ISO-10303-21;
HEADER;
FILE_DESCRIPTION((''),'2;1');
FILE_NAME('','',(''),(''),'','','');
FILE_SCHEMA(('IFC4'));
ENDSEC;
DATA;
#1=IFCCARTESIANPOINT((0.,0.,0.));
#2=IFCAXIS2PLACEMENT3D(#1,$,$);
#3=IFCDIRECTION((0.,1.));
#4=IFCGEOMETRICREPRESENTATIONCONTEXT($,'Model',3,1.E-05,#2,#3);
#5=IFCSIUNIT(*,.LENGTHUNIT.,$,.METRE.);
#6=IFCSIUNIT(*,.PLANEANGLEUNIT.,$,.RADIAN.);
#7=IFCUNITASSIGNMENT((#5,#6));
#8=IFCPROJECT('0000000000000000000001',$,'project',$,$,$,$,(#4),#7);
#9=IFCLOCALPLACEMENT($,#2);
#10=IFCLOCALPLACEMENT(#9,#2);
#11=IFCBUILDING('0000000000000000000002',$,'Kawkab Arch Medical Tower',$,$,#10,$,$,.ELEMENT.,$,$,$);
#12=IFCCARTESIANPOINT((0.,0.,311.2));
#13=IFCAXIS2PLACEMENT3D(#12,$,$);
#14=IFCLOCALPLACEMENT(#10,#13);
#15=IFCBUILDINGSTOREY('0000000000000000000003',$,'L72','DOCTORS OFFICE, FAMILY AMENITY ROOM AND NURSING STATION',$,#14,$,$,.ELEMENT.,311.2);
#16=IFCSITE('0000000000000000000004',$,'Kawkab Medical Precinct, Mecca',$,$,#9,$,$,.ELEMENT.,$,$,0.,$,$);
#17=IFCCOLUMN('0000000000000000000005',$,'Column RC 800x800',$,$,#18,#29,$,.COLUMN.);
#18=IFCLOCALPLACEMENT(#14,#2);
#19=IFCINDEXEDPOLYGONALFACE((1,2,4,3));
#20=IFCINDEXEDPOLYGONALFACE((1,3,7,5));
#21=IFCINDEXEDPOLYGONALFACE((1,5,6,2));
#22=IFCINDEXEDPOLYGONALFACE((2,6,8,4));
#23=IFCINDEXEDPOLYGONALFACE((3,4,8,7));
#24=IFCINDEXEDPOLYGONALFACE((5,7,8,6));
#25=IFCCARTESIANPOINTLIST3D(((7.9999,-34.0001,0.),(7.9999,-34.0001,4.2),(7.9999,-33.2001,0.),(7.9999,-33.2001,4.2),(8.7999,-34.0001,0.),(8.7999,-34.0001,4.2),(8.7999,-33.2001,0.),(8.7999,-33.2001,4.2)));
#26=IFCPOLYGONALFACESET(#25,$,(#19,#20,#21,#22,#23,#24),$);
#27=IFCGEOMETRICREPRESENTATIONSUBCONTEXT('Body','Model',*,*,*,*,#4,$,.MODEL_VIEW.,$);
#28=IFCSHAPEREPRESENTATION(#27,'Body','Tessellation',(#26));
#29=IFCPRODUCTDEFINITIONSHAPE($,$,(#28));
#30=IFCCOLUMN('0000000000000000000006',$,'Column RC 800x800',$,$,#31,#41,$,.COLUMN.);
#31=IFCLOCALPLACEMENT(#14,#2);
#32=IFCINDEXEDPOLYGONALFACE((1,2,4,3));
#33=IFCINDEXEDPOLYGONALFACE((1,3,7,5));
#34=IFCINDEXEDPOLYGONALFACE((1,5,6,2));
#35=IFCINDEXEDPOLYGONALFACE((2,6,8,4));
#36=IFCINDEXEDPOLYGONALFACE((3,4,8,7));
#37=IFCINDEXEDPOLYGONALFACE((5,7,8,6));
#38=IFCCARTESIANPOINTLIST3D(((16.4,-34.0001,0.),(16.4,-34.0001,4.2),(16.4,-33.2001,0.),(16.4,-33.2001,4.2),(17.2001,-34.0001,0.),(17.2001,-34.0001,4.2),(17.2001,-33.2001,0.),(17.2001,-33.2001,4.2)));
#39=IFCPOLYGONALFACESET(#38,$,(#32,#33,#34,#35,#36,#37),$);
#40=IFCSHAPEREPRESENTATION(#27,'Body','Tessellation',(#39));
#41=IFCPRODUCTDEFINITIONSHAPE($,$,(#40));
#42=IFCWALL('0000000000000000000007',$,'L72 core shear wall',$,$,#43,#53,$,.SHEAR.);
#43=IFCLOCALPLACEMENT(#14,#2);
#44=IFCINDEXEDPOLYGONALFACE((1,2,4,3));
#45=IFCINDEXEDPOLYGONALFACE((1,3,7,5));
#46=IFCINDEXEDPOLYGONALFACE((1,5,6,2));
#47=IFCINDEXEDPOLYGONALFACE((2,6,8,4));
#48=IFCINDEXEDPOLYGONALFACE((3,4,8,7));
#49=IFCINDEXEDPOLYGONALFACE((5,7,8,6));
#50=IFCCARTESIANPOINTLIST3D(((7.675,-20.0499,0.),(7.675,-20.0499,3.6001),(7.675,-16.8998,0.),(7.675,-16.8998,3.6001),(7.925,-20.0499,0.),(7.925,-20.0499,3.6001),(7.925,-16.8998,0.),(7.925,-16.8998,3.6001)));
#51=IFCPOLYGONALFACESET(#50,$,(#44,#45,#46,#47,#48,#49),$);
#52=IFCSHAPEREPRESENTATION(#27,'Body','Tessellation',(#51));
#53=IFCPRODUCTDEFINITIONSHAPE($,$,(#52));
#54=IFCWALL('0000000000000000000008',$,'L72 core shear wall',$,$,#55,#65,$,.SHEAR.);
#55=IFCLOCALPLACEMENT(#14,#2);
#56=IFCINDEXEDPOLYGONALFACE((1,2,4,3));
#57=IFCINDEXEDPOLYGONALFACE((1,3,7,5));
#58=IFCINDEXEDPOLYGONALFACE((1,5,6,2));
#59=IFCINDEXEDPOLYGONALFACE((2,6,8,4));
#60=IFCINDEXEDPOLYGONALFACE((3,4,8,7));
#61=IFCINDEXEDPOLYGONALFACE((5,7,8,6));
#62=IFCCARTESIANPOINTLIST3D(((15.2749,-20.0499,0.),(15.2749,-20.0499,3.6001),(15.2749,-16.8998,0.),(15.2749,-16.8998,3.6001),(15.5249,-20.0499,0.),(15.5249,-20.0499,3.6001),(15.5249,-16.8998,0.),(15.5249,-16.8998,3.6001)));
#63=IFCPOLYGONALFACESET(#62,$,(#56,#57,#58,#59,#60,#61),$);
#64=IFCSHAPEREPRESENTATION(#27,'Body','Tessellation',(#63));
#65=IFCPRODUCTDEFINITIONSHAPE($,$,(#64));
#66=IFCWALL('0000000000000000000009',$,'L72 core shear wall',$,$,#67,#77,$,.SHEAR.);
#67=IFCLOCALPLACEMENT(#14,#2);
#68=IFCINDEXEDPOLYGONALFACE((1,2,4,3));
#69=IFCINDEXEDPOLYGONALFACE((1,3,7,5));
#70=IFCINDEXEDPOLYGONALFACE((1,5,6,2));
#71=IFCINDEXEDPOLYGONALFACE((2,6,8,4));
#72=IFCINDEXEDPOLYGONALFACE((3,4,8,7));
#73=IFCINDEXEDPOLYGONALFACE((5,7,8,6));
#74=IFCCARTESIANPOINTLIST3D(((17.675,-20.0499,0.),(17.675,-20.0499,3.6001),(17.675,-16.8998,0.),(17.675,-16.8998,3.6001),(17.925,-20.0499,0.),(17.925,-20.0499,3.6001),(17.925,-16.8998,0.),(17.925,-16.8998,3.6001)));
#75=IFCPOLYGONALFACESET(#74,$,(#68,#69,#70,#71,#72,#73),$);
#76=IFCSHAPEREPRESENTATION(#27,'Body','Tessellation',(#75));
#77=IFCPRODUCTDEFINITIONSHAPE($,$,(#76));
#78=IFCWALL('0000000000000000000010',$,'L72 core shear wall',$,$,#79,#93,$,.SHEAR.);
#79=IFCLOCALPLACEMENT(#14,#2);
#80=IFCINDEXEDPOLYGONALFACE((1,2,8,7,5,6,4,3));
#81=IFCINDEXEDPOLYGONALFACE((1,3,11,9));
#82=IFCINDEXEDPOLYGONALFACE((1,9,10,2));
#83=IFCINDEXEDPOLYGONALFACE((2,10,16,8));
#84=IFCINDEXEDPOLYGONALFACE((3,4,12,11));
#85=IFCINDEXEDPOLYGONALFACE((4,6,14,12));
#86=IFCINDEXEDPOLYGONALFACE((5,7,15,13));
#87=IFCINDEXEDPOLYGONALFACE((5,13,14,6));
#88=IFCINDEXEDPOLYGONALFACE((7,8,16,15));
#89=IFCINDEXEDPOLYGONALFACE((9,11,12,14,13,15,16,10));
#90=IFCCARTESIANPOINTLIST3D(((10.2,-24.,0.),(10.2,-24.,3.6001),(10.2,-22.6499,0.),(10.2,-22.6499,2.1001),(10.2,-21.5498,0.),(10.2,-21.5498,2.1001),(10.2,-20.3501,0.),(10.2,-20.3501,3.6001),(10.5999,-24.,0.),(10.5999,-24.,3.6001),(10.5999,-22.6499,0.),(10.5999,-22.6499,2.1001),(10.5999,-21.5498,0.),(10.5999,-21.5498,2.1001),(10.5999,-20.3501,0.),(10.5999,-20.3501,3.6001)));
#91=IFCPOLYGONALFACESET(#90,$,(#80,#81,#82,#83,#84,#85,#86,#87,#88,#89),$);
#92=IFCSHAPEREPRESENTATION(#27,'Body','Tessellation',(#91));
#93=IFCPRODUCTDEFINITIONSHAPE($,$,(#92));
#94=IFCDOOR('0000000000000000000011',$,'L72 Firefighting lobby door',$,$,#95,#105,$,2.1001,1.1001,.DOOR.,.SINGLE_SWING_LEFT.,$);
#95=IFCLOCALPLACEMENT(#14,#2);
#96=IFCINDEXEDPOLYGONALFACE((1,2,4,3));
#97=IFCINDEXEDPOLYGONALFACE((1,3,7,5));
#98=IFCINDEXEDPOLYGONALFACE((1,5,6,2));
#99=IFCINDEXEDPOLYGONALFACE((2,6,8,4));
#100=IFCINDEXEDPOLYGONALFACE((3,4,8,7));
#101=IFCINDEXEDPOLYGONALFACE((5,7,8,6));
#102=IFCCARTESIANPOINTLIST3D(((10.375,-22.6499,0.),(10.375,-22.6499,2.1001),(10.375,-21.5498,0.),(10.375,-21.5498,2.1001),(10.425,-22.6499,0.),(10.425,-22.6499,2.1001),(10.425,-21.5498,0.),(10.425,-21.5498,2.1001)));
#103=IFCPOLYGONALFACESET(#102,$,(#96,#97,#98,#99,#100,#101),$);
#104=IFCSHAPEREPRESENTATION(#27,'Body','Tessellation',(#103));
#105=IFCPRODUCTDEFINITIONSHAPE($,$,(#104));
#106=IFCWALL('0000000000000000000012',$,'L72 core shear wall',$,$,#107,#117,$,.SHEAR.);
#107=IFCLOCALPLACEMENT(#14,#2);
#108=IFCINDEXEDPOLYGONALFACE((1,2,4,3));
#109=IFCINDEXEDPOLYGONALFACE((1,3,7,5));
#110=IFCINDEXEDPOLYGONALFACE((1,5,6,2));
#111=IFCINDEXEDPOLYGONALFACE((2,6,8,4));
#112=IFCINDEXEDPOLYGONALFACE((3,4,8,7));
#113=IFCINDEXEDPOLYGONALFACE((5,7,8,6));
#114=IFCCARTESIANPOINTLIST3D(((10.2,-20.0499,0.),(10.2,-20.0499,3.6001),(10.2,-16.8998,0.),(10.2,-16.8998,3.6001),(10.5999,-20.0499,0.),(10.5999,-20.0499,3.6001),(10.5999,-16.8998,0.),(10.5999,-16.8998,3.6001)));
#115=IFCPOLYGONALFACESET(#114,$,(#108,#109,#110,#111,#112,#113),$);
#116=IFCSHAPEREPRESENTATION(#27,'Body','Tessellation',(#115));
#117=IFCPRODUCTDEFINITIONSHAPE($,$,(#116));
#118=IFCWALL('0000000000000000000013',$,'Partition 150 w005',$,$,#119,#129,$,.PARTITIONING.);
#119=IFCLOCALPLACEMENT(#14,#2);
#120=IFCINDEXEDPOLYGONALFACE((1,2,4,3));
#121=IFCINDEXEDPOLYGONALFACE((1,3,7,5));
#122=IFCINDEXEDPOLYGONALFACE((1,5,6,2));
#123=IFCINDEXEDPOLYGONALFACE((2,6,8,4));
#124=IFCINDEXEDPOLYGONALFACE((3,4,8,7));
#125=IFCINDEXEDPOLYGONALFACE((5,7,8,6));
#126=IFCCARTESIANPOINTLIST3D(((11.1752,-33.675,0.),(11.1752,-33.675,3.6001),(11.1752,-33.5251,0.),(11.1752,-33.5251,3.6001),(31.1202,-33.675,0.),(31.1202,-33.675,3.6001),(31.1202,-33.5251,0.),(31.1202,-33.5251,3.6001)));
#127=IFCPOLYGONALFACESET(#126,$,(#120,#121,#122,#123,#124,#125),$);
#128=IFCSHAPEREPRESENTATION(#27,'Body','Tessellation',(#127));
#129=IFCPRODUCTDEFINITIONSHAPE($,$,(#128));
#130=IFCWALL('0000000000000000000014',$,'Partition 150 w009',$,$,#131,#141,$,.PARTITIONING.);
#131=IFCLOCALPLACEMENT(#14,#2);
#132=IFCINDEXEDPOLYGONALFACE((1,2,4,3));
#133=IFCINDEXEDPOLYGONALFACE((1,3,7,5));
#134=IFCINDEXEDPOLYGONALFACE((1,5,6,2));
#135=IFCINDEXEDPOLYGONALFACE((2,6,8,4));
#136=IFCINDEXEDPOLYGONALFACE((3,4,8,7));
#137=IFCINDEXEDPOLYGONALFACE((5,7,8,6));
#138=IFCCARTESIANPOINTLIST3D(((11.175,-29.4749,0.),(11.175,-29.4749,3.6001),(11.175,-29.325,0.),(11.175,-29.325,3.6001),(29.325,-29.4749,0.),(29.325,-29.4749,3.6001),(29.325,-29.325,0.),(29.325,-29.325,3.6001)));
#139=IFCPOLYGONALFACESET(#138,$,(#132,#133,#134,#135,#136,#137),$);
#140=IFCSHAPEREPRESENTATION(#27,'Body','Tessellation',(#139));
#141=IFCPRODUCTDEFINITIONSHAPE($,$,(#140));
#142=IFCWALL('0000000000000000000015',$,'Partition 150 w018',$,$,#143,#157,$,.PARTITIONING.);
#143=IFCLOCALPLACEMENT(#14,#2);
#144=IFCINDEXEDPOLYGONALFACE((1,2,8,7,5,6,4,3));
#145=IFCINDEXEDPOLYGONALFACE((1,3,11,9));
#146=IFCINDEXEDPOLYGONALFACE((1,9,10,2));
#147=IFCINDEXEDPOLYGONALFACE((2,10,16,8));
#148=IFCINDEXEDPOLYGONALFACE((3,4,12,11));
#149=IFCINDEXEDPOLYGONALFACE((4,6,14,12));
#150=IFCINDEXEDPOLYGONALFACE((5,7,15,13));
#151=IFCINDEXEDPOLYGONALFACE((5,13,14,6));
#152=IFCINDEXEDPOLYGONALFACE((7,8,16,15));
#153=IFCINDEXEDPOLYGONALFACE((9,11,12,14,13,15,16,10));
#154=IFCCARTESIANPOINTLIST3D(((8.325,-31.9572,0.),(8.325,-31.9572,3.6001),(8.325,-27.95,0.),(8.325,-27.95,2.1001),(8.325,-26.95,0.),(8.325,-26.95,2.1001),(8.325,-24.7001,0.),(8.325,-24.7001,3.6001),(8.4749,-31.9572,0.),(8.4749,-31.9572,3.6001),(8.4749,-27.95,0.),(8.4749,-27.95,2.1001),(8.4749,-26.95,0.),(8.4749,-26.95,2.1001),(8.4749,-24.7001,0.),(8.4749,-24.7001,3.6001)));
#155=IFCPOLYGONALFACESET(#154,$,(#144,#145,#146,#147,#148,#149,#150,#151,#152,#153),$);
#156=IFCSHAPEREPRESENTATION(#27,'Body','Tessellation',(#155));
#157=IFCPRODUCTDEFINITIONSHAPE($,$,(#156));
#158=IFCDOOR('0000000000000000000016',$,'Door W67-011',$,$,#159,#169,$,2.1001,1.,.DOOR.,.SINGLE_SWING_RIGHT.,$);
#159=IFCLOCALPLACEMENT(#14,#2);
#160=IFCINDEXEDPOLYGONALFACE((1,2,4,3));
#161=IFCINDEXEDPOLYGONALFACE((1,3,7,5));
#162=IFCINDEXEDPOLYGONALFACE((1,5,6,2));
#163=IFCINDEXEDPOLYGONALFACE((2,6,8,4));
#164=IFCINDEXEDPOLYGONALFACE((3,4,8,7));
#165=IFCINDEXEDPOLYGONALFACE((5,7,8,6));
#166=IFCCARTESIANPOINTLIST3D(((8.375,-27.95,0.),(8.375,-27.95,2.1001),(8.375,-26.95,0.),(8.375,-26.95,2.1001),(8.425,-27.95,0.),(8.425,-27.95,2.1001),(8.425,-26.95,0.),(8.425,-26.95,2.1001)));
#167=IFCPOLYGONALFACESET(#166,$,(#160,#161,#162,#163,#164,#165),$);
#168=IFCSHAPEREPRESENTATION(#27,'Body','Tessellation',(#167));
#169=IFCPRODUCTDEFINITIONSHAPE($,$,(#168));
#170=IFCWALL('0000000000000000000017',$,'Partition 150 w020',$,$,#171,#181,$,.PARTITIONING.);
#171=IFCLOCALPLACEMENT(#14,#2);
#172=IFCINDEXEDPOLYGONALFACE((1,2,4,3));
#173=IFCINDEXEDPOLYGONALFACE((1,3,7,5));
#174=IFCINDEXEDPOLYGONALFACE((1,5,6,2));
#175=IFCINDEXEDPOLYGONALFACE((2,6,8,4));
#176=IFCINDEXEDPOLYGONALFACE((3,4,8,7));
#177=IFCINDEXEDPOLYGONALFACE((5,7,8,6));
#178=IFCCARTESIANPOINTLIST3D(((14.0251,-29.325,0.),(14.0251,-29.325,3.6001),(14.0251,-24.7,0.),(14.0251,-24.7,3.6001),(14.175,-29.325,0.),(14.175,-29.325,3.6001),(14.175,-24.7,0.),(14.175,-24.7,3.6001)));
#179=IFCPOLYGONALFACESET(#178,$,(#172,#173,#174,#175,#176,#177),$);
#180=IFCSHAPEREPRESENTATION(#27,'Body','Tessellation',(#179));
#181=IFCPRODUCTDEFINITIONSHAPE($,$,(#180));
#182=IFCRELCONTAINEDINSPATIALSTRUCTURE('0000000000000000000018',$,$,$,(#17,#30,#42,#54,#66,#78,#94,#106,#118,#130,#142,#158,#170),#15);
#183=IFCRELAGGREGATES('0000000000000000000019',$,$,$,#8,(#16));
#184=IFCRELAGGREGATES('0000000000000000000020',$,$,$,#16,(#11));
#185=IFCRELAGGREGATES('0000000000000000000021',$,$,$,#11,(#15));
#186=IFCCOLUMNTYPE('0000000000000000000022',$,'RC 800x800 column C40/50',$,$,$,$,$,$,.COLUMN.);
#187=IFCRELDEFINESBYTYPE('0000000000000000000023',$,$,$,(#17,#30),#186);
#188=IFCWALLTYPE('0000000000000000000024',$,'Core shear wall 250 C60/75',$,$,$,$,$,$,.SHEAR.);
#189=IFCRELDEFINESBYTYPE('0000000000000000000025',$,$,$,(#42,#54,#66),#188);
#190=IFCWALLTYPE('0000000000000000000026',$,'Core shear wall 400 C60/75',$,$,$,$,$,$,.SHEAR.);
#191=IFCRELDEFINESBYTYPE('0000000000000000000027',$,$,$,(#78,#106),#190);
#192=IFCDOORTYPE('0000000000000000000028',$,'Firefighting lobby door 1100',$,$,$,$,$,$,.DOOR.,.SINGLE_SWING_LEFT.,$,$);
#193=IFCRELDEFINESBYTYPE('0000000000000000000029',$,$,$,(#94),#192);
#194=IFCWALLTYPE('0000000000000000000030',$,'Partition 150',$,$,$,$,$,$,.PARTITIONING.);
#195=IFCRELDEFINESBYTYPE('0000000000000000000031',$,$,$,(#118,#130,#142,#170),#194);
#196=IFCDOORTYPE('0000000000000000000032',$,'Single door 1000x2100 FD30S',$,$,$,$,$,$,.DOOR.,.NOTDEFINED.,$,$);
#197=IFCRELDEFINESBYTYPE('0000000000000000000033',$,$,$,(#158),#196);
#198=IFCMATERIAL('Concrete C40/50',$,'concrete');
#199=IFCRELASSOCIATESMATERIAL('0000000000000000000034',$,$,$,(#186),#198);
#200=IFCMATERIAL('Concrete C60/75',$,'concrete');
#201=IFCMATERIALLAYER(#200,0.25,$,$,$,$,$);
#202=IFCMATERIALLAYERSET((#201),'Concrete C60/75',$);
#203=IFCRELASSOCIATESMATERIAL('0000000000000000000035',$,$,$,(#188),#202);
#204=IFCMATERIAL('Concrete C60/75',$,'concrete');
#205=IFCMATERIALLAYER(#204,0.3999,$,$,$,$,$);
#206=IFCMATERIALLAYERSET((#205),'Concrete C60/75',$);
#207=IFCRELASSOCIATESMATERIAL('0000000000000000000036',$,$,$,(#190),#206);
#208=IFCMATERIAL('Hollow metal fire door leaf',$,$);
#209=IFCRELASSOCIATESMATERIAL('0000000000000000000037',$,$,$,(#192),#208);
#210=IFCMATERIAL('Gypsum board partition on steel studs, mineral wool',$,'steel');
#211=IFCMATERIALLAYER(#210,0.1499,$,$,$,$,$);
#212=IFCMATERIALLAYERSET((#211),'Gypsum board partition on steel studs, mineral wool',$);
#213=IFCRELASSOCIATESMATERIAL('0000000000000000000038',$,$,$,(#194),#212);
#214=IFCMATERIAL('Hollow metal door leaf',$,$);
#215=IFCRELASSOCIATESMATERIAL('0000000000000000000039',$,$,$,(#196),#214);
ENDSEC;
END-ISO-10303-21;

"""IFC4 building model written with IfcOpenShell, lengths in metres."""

from ifc_helpers import new_model, si_unit, direction, frame, frame_2d, origin, origin_2d, place, context, subcontext, project, spatial, rectangle, extrude, material, layer, layer_set, material_profile, profile_set, type_object, element, fill, save


model = new_model("IFC4")

# Units and contexts
model_context = context("Model", 3, precision=1e-05, world=origin(), true_north=direction((0.0, 1.0)))
body_context = subcontext(model_context, "Body", "Model", "MODEL_VIEW")
ifc_project = project(units=[si_unit("LENGTHUNIT", "METRE"), si_unit("PLANEANGLEUNIT", "RADIAN")], contexts=[model_context])

# Site, building, storey
site_placement = place(None, origin())
site = spatial("IfcSite", under=ifc_project, at=site_placement, Name="Kawkab Medical Precinct, Mecca", CompositionType="ELEMENT", RefElevation=0.0)
building_placement = place(site_placement, origin())
building = spatial("IfcBuilding", under=site, at=building_placement, Name="Kawkab Arch Medical Tower", CompositionType="ELEMENT")
storey_placement = place(building_placement, frame((0.0, 0.0, 311.2)))
storey = spatial("IfcBuildingStorey", under=building, at=storey_placement, Name="L72", Description="DOCTORS OFFICE, FAMILY AMENITY ROOM AND NURSING STATION", CompositionType="ELEMENT", Elevation=311.2)

# Columns
ifc_material_1 = material(Name="Concrete C40/50", Category="concrete")
ifc_material_profile = material_profile(ifc_material_1, rectangle(XDim=0.8, YDim=0.8, at=origin_2d()), Name="RC 800x800")
ifc_profile_set = profile_set([ifc_material_profile], Name="Concrete C40/50")
column_type = type_object("IfcColumnType", Name="RC 800x800 column C40/50", PredefinedType="COLUMN", material=ifc_profile_set)
for number, where, z_axis, x_axis, name in (
    (1, (8.3999, -33.6001, 0.0), (0.0, 0.0, 1.0), (1.0, 0.0, 0.0), "Column RC 800x800"),
    (2, (16.8, -33.6001, 0.0), (0.0, 0.0, 1.0), (1.0, 0.0, 0.0), "Column RC 800x800"),
):
    element("IfcColumn", number, at=place(storey_placement, frame(where, z_axis=z_axis, x_axis=x_axis)), inside=storey, type_object=column_type, Name=name, PredefinedType="COLUMN", context=body_context, shape_type="SweptSolid", body=[
        extrude(rectangle(XDim=0.8, YDim=0.8, at=origin_2d()), origin(), (0.0, 0.0, 1.0), 4.2),
    ])

# Walls
ifc_material_2 = material(Name="Concrete C60/75", Category="concrete")
ifc_layer_1 = layer(ifc_material_2, 0.25)
ifc_layer_set_1 = layer_set([ifc_layer_1], Name="Concrete C60/75")
wall_type_1 = type_object("IfcWallType", Name="Core shear wall 250 C60/75", PredefinedType="SHEAR", material=ifc_layer_set_1)
for number, where, z_axis, x_axis, name in (
    (3, (7.8, -20.05, 0.0), (0.0, 0.0, 1.0), (0.0, 1.0, 0.0), "L72 core shear wall"),
    (4, (15.3999, -20.05, 0.0), (0.0, 0.0, 1.0), (0.0, 1.0, 0.0), "L72 core shear wall"),
    (5, (17.8, -20.05, 0.0), (0.0, 0.0, 1.0), (0.0, 1.0, 0.0), "L72 core shear wall"),
):
    element("IfcWall", number, at=place(storey_placement, frame(where, z_axis=z_axis, x_axis=x_axis)), inside=storey, type_object=wall_type_1, Name=name, PredefinedType="SHEAR", context=body_context, shape_type="SweptSolid", body=[
        extrude(rectangle(XDim=3.1501, YDim=0.25, at=frame_2d((1.5752, 0.0))), origin(), (0.0, 0.0, 1.0), 3.6001),
    ])

# Wall, opening, door
ifc_material_3 = material(Name="Concrete C60/75", Category="concrete")
ifc_layer_2 = layer(ifc_material_3, 0.3999)
ifc_layer_set_2 = layer_set([ifc_layer_2], Name="Concrete C60/75")
wall_type_2 = type_object("IfcWallType", Name="Core shear wall 400 C60/75", PredefinedType="SHEAR", material=ifc_layer_set_2)
wall_1_placement = place(storey_placement, frame((10.3999, -24.0, 0.0), z_axis=(0.0, 0.0, 1.0), x_axis=(0.0, 1.0, 0.0)))
wall_1 = element("IfcWall", 6, at=wall_1_placement, inside=storey, type_object=wall_type_2, Name="L72 core shear wall", PredefinedType="SHEAR", context=body_context, shape_type="SweptSolid", body=[
    extrude(rectangle(XDim=3.6499, YDim=0.3999, at=frame_2d((1.825, 0.0))), origin(), (0.0, 0.0, 1.0), 3.6001),
])
opening_1_placement = place(wall_1_placement, frame((1.3501, 0.0, 0.0)))
opening_1 = element("IfcOpeningElement", 7, at=opening_1_placement, cuts=wall_1, PredefinedType="OPENING", context=body_context, shape_type="SweptSolid", body=[
    extrude(rectangle(XDim=1.1001, YDim=2.1001, at=frame_2d((0.55, 1.05))), frame((0.0, 0.21, 0.0), z_axis=(0.0, -1.0, 0.0), x_axis=(1.0, 0.0, 0.0)), (0.0, 0.0, 1.0), 0.4199),
])
ifc_material_4 = material(Name="Hollow metal fire door leaf")
door_type_1 = type_object("IfcDoorType", Name="Firefighting lobby door 1100", OperationType="SINGLE_SWING_LEFT", PredefinedType="DOOR", material=ifc_material_4)
door_1_placement = place(opening_1_placement, origin())
door_1 = element("IfcDoor", 8, at=door_1_placement, inside=storey, type_object=door_type_1, Name="L72 Firefighting lobby door", OperationType="SINGLE_SWING_LEFT", OverallHeight=2.1001, OverallWidth=1.1001, PredefinedType="DOOR", context=body_context, shape_type="SweptSolid", body=[
    extrude(rectangle(XDim=1.1001, YDim=2.1001, at=frame_2d((0.55, 1.05))), frame((0.0, 0.0249, 0.0), z_axis=(0.0, -1.0, 0.0), x_axis=(1.0, 0.0, 0.0)), (0.0, 0.0, 1.0), 0.05),
])
fill(opening_1, door_1)

# Walls
wall_2_placement = place(storey_placement, frame((10.3999, -20.05, 0.0), z_axis=(0.0, 0.0, 1.0), x_axis=(0.0, 1.0, 0.0)))
element("IfcWall", 9, at=wall_2_placement, inside=storey, type_object=wall_type_2, Name="L72 core shear wall", PredefinedType="SHEAR", context=body_context, shape_type="SweptSolid", body=[
    extrude(rectangle(XDim=3.1501, YDim=0.3999, at=frame_2d((1.5752, 0.0))), origin(), (0.0, 0.0, 1.0), 3.6001),
])
ifc_material_5 = material(Name="Gypsum board partition on steel studs, mineral wool", Category="steel")
ifc_layer_3 = layer(ifc_material_5, 0.1499)
ifc_layer_set_3 = layer_set([ifc_layer_3], Name="Gypsum board partition on steel studs, mineral wool")
wall_type_3 = type_object("IfcWallType", Name="Partition 150", PredefinedType="PARTITIONING", material=ifc_layer_set_3)
wall_3_placement = place(storey_placement, frame((11.175, -33.6001, 0.0), z_axis=(0.0, 0.0, 1.0), x_axis=(1.0, 0.0, 0.0)))
element("IfcWall", 10, at=wall_3_placement, inside=storey, type_object=wall_type_3, Name="Partition 150 w005", PredefinedType="PARTITIONING", context=body_context, shape_type="SweptSolid", body=[
    extrude(rectangle(XDim=19.9451, YDim=0.1499, at=frame_2d((9.9727, 0.0))), origin(), (0.0, 0.0, 1.0), 3.6001),
])
wall_4_placement = place(storey_placement, frame((11.175, -29.3999, 0.0), z_axis=(0.0, 0.0, 1.0), x_axis=(1.0, 0.0, 0.0)))
element("IfcWall", 11, at=wall_4_placement, inside=storey, type_object=wall_type_3, Name="Partition 150 w009", PredefinedType="PARTITIONING", context=body_context, shape_type="SweptSolid", body=[
    extrude(rectangle(XDim=18.1499, YDim=0.1499, at=frame_2d((9.075, 0.0))), origin(), (0.0, 0.0, 1.0), 3.6001),
])

# Wall, opening, door
wall_5_placement = place(storey_placement, frame((8.3999, -31.957, 0.0), z_axis=(0.0, 0.0, 1.0), x_axis=(0.0, 1.0, 0.0)))
wall_5 = element("IfcWall", 12, at=wall_5_placement, inside=storey, type_object=wall_type_3, Name="Partition 150 w018", PredefinedType="PARTITIONING", context=body_context, shape_type="SweptSolid", body=[
    extrude(rectangle(XDim=7.2571, YDim=0.1499, at=frame_2d((3.6284, 0.0))), origin(), (0.0, 0.0, 1.0), 3.6001),
])
opening_2_placement = place(wall_5_placement, frame((4.0071, 0.0, 0.0)))
opening_2 = element("IfcOpeningElement", 13, at=opening_2_placement, cuts=wall_5, PredefinedType="OPENING", context=body_context, shape_type="SweptSolid", body=[
    extrude(rectangle(XDim=1.0, YDim=2.1001, at=frame_2d((0.5, 1.05))), frame((0.0, 0.085, 0.0), z_axis=(0.0, -1.0, 0.0), x_axis=(1.0, 0.0, 0.0)), (0.0, 0.0, 1.0), 0.1699),
])
ifc_material_6 = material(Name="Hollow metal door leaf")
door_type_2 = type_object("IfcDoorType", Name="Single door 1000x2100 FD30S", OperationType="NOTDEFINED", PredefinedType="DOOR", material=ifc_material_6)
door_2_placement = place(opening_2_placement, origin())
door_2 = element("IfcDoor", 14, at=door_2_placement, inside=storey, type_object=door_type_2, Name="Door W67-011", OperationType="SINGLE_SWING_RIGHT", OverallHeight=2.1001, OverallWidth=1.0, PredefinedType="DOOR", context=body_context, shape_type="SweptSolid", body=[
    extrude(rectangle(XDim=1.0, YDim=2.1001, at=frame_2d((0.5, 1.05))), frame((0.0, 0.0249, 0.0), z_axis=(0.0, -1.0, 0.0), x_axis=(1.0, 0.0, 0.0)), (0.0, 0.0, 1.0), 0.05),
])
fill(opening_2, door_2)

# Wall
wall_6_placement = place(storey_placement, frame((14.1001, -29.325, 0.0), z_axis=(0.0, 0.0, 1.0), x_axis=(0.0, 1.0, 0.0)))
element("IfcWall", 15, at=wall_6_placement, inside=storey, type_object=wall_type_3, Name="Partition 150 w020", PredefinedType="PARTITIONING", context=body_context, shape_type="SweptSolid", body=[
    extrude(rectangle(XDim=4.625, YDim=0.1499, at=frame_2d((2.3125, 0.0))), origin(), (0.0, 0.0, 1.0), 3.6001),
])

save(model, "model.ifc")
